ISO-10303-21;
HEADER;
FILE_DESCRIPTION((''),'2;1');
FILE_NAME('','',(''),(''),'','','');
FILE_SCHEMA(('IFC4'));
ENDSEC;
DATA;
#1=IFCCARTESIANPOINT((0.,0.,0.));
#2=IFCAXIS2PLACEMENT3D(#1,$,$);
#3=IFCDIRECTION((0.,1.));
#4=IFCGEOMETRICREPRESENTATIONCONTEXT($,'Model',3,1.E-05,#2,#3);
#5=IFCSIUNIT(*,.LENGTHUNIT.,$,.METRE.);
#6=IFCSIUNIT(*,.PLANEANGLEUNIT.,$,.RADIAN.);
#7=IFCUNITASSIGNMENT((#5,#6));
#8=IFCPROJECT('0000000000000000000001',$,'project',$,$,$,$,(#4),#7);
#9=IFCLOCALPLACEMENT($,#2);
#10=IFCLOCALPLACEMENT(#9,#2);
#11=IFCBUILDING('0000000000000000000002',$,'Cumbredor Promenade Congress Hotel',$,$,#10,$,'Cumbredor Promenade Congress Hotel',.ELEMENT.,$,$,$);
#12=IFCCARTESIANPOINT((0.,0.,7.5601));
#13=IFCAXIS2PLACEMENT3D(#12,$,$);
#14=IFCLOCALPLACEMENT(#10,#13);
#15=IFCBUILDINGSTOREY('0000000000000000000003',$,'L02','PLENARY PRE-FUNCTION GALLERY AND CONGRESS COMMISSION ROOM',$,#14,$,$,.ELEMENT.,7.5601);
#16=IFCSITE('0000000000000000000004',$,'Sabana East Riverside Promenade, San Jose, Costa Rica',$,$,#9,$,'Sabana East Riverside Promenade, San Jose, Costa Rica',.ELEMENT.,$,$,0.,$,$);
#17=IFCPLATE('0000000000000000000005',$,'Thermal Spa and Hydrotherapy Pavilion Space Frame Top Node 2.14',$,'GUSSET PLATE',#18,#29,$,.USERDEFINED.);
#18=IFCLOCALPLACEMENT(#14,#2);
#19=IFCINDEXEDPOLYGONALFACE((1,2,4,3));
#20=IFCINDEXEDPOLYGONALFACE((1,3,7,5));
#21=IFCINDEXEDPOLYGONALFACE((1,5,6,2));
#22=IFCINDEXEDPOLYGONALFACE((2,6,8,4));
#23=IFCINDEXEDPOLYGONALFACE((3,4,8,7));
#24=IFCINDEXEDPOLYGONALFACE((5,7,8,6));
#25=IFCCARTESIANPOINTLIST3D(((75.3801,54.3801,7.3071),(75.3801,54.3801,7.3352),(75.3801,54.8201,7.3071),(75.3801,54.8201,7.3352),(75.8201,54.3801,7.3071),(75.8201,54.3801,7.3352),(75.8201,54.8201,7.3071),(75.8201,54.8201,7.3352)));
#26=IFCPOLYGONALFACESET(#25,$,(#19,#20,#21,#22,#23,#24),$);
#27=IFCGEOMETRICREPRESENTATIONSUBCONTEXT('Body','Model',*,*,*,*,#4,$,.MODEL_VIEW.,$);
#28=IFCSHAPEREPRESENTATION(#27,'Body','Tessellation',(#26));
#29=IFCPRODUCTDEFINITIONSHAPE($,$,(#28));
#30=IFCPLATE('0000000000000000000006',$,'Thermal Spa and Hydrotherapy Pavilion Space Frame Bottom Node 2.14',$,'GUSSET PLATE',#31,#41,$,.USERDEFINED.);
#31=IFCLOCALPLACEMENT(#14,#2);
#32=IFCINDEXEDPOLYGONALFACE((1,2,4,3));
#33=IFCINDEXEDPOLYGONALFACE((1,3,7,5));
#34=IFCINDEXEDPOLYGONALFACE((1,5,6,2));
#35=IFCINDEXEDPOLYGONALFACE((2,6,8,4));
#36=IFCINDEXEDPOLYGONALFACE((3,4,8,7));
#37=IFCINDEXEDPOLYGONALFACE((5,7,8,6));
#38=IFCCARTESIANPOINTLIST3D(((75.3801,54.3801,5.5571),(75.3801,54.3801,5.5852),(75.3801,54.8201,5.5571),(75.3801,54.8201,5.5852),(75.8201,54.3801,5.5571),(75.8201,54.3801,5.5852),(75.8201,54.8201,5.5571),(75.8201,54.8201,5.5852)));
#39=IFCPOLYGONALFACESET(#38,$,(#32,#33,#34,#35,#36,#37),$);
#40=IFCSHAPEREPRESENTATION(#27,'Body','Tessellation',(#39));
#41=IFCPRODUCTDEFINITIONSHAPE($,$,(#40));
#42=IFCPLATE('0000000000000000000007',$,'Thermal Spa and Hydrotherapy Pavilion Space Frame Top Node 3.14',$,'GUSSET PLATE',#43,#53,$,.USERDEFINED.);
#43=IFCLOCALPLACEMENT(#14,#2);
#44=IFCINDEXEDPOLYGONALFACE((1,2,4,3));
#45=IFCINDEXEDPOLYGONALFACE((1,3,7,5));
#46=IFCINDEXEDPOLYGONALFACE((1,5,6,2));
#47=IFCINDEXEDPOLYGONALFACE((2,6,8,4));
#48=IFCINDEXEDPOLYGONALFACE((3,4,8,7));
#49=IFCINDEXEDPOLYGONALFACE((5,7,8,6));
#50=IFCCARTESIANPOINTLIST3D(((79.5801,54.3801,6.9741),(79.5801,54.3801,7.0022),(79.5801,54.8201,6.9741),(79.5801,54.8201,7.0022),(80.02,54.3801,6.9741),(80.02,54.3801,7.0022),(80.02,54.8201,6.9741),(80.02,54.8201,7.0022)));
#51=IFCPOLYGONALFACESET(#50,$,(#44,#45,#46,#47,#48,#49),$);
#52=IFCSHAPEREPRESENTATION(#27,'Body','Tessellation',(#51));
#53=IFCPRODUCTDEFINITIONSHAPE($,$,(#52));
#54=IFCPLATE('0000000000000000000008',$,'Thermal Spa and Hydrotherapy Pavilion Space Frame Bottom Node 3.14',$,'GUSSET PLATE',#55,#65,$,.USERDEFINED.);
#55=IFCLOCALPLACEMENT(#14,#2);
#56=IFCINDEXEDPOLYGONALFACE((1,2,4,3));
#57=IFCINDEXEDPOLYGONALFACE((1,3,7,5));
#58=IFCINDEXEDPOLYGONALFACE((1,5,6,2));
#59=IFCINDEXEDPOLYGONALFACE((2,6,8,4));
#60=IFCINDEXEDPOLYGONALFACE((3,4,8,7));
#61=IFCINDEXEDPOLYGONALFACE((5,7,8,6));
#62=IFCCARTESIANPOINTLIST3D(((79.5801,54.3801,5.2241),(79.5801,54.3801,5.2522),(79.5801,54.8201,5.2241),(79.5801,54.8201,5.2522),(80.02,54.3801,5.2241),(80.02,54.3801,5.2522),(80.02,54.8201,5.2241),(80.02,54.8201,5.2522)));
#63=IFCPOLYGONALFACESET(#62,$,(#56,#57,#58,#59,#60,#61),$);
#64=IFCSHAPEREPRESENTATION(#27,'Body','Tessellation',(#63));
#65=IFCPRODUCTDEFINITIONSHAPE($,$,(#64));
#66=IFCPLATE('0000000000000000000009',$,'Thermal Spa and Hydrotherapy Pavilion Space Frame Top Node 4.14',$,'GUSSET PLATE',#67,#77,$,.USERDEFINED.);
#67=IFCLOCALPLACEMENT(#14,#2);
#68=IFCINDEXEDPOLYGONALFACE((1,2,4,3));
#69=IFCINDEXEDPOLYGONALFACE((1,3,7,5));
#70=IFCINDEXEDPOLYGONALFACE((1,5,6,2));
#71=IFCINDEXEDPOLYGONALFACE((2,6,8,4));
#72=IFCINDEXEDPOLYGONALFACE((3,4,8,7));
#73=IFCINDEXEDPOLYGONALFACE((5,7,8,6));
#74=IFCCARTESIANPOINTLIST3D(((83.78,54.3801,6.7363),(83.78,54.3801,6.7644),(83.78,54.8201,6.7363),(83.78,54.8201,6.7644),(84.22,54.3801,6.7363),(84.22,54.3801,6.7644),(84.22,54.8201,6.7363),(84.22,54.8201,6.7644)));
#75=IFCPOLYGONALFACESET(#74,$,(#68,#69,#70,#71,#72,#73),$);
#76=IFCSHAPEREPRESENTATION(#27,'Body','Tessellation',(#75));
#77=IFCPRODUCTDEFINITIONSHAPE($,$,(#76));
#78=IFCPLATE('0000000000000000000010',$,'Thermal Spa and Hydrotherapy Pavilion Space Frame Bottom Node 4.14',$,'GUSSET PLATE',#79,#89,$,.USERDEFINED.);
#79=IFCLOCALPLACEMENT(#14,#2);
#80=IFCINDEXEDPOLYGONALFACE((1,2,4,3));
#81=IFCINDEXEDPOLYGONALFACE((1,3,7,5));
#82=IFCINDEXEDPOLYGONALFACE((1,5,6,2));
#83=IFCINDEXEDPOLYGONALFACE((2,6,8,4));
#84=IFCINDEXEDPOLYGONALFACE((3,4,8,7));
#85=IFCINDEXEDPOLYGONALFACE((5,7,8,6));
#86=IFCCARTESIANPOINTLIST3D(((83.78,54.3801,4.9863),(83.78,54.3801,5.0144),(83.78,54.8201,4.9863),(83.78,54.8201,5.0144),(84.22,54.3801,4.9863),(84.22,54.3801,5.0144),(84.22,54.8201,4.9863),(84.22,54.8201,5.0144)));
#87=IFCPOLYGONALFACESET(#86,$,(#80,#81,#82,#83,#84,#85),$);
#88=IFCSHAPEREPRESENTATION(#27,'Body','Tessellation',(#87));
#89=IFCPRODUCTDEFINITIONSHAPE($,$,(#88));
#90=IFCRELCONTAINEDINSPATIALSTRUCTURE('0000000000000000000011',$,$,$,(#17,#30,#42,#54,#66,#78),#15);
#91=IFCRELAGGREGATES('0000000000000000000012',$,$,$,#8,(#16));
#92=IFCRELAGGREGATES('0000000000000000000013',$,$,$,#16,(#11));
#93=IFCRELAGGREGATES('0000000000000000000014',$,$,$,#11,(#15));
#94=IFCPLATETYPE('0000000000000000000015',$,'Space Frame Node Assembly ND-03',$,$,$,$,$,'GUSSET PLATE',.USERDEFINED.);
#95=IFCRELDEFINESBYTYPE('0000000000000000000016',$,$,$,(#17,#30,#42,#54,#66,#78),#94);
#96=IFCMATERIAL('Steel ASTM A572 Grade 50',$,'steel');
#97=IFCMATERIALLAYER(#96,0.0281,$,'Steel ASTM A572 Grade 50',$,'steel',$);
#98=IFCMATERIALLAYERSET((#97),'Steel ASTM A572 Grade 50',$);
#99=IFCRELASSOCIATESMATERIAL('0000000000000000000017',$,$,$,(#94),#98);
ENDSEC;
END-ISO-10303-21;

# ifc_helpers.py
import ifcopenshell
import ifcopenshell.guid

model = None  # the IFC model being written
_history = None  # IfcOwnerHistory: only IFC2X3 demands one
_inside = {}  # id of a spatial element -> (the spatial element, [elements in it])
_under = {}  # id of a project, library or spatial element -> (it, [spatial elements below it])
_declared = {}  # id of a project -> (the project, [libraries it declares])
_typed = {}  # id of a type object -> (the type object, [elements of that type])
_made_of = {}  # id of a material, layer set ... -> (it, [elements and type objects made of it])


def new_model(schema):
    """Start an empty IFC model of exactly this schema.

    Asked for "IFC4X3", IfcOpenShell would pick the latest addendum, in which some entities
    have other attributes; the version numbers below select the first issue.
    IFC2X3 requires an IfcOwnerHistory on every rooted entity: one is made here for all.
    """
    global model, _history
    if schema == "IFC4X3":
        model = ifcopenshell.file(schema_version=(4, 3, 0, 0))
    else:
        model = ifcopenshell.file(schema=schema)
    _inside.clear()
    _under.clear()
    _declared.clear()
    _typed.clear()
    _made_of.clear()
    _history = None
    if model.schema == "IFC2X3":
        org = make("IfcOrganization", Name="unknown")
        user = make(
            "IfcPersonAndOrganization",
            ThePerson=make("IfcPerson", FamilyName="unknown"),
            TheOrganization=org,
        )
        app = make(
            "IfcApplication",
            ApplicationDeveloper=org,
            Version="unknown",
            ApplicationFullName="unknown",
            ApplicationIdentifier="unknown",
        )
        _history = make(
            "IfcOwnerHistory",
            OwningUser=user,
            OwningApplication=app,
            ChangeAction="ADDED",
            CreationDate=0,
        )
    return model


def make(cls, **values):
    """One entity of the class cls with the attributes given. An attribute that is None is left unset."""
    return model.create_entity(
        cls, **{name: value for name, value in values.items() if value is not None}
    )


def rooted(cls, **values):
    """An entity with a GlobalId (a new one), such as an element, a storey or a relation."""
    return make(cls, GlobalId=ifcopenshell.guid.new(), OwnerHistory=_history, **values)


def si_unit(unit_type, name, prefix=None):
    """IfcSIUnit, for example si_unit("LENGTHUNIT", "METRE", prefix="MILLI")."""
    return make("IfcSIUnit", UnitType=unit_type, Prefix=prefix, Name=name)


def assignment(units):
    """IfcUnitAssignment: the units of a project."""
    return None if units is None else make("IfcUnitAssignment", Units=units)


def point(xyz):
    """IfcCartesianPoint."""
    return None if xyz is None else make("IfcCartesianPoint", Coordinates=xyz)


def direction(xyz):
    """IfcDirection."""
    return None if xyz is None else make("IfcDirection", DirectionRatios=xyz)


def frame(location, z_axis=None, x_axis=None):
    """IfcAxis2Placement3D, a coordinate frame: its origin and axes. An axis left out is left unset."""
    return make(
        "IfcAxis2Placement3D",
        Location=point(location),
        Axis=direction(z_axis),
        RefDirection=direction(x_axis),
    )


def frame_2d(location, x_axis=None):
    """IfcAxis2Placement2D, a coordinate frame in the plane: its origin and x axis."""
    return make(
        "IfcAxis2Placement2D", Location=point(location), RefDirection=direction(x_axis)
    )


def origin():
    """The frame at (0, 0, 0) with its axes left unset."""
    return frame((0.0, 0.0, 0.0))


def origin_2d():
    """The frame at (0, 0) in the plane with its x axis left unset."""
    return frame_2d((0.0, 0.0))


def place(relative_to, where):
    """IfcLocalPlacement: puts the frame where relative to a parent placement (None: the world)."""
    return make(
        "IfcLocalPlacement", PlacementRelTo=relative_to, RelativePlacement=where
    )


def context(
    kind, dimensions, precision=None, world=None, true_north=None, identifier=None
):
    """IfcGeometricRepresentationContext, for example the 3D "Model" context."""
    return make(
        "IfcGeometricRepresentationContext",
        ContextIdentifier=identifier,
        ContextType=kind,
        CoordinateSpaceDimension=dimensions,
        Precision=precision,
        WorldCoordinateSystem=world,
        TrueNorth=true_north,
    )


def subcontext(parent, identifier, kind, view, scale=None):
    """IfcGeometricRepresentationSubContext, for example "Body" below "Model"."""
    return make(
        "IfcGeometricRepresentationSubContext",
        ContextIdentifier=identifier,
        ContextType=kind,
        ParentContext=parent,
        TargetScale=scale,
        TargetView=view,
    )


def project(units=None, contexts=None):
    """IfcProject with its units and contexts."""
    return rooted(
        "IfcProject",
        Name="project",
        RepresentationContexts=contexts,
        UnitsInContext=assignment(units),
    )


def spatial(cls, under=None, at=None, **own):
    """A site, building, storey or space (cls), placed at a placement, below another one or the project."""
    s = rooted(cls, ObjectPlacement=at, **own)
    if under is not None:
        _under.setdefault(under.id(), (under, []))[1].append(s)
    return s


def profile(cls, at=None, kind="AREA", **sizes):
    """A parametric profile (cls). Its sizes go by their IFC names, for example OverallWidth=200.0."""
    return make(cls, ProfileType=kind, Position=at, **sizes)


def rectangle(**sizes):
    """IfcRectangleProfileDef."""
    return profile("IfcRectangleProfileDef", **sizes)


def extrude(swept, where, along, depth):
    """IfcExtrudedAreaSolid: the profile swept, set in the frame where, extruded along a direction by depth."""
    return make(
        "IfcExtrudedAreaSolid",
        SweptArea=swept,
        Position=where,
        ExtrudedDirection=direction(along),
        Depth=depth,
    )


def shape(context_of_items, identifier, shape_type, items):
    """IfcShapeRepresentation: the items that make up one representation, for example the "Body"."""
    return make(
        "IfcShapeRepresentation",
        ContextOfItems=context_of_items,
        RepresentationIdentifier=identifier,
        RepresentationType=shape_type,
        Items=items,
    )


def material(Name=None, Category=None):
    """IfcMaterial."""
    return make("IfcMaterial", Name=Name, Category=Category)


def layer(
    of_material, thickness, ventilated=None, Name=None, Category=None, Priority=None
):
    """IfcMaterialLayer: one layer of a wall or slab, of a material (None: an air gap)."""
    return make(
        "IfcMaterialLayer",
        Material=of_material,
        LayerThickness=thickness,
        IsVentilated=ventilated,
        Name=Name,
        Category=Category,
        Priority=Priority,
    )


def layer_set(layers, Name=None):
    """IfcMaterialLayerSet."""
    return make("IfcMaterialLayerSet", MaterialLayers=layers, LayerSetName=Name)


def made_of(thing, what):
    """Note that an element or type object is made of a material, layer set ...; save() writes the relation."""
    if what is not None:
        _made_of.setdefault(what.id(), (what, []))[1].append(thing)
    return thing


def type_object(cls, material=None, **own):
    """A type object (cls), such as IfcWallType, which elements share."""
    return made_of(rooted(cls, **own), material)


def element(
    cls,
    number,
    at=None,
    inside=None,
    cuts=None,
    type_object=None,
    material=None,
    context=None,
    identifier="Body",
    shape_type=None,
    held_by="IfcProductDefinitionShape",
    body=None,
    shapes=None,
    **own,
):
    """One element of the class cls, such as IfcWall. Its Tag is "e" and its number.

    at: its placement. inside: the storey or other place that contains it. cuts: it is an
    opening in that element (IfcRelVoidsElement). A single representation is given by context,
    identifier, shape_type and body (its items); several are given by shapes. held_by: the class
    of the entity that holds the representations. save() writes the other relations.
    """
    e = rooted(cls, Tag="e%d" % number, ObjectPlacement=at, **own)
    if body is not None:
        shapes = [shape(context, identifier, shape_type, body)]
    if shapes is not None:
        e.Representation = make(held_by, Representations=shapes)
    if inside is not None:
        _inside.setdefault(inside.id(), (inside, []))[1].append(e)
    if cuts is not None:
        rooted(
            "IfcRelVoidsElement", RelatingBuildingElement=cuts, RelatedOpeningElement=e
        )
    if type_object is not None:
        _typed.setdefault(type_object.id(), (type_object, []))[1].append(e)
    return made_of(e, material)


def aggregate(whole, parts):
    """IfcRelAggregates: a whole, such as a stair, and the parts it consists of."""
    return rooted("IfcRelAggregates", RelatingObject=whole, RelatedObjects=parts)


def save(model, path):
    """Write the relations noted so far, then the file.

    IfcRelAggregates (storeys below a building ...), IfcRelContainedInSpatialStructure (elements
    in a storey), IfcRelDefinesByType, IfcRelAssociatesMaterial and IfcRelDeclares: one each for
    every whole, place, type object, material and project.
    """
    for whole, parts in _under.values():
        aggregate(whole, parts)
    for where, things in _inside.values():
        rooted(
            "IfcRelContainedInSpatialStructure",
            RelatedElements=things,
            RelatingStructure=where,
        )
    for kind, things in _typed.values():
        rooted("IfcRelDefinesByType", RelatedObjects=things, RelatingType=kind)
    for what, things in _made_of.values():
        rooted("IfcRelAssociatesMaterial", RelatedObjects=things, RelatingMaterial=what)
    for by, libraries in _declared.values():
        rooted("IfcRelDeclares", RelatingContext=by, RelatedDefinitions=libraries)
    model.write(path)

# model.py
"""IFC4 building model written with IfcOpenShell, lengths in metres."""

from ifc_helpers import new_model, si_unit, direction, frame, origin, origin_2d, place, context, subcontext, project, spatial, rectangle, extrude, material, layer, layer_set, type_object, element, save


model = new_model("IFC4")

# Units and contexts
model_context = context("Model", 3, precision=1e-05, world=origin(), true_north=direction((0.0, 1.0)))
body_context = subcontext(model_context, "Body", "Model", "MODEL_VIEW")
ifc_project = project(units=[si_unit("LENGTHUNIT", "METRE"), si_unit("PLANEANGLEUNIT", "RADIAN")], contexts=[model_context])

# Site, building, storey
site_placement = place(None, origin())
site = spatial("IfcSite", under=ifc_project, at=site_placement, Name="Sabana East Riverside Promenade, San Jose, Costa Rica", LongName="Sabana East Riverside Promenade, San Jose, Costa Rica", CompositionType="ELEMENT", RefElevation=0.0)
building_placement = place(site_placement, origin())
building = spatial("IfcBuilding", under=site, at=building_placement, Name="Cumbredor Promenade Congress Hotel", LongName="Cumbredor Promenade Congress Hotel", CompositionType="ELEMENT")
storey_placement = place(building_placement, frame((0.0, 0.0, 7.5601)))
storey = spatial("IfcBuildingStorey", under=building, at=storey_placement, Name="L02", Description="PLENARY PRE-FUNCTION GALLERY AND CONGRESS COMMISSION ROOM", CompositionType="ELEMENT", Elevation=7.5601)

# Plates
ifc_material_1 = material(Name="Steel ASTM A572 Grade 50", Category="steel")
ifc_layer_1 = layer(ifc_material_1, 0.0281, Name="Steel ASTM A572 Grade 50", Category="steel")
ifc_layer_set_1 = layer_set([ifc_layer_1], Name="Steel ASTM A572 Grade 50")
plate_type_1 = type_object("IfcPlateType", Name="Space Frame Node Assembly ND-03", ElementType="GUSSET PLATE", PredefinedType="USERDEFINED", material=ifc_layer_set_1)
for number, where, z_axis, x_axis, name in (
    (1, (75.6001, 54.6001, 7.3071), (0.0, 0.0, 1.0), (1.0, 0.0, 0.0), "Thermal Spa and Hydrotherapy Pavilion Space Frame Top Node 2.14"),
    (2, (75.6001, 54.6001, 5.5571), (0.0, 0.0, 1.0), (1.0, 0.0, 0.0), "Thermal Spa and Hydrotherapy Pavilion Space Frame Bottom Node 2.14"),
    (3, (79.8, 54.6001, 6.9741), (0.0, 0.0, 1.0), (1.0, 0.0, 0.0), "Thermal Spa and Hydrotherapy Pavilion Space Frame Top Node 3.14"),
    (4, (79.8, 54.6001, 5.2241), (0.0, 0.0, 1.0), (1.0, 0.0, 0.0), "Thermal Spa and Hydrotherapy Pavilion Space Frame Bottom Node 3.14"),
    (5, (84.0, 54.6001, 6.7363), (0.0, 0.0, 1.0), (1.0, 0.0, 0.0), "Thermal Spa and Hydrotherapy Pavilion Space Frame Top Node 4.14"),
    (6, (84.0, 54.6001, 4.9863), (0.0, 0.0, 1.0), (1.0, 0.0, 0.0), "Thermal Spa and Hydrotherapy Pavilion Space Frame Bottom Node 4.14"),
):
    element("IfcPlate", number, at=place(storey_placement, frame(where, z_axis=z_axis, x_axis=x_axis)), inside=storey, type_object=plate_type_1, Name=name, ObjectType="GUSSET PLATE", PredefinedType="USERDEFINED", context=body_context, shape_type="SweptSolid", body=[
        extrude(rectangle(XDim=0.4399, YDim=0.4399, at=origin_2d()), origin(), (0.0, 0.0, 1.0), 0.0281),
    ])

save(model, "model.ifc")
